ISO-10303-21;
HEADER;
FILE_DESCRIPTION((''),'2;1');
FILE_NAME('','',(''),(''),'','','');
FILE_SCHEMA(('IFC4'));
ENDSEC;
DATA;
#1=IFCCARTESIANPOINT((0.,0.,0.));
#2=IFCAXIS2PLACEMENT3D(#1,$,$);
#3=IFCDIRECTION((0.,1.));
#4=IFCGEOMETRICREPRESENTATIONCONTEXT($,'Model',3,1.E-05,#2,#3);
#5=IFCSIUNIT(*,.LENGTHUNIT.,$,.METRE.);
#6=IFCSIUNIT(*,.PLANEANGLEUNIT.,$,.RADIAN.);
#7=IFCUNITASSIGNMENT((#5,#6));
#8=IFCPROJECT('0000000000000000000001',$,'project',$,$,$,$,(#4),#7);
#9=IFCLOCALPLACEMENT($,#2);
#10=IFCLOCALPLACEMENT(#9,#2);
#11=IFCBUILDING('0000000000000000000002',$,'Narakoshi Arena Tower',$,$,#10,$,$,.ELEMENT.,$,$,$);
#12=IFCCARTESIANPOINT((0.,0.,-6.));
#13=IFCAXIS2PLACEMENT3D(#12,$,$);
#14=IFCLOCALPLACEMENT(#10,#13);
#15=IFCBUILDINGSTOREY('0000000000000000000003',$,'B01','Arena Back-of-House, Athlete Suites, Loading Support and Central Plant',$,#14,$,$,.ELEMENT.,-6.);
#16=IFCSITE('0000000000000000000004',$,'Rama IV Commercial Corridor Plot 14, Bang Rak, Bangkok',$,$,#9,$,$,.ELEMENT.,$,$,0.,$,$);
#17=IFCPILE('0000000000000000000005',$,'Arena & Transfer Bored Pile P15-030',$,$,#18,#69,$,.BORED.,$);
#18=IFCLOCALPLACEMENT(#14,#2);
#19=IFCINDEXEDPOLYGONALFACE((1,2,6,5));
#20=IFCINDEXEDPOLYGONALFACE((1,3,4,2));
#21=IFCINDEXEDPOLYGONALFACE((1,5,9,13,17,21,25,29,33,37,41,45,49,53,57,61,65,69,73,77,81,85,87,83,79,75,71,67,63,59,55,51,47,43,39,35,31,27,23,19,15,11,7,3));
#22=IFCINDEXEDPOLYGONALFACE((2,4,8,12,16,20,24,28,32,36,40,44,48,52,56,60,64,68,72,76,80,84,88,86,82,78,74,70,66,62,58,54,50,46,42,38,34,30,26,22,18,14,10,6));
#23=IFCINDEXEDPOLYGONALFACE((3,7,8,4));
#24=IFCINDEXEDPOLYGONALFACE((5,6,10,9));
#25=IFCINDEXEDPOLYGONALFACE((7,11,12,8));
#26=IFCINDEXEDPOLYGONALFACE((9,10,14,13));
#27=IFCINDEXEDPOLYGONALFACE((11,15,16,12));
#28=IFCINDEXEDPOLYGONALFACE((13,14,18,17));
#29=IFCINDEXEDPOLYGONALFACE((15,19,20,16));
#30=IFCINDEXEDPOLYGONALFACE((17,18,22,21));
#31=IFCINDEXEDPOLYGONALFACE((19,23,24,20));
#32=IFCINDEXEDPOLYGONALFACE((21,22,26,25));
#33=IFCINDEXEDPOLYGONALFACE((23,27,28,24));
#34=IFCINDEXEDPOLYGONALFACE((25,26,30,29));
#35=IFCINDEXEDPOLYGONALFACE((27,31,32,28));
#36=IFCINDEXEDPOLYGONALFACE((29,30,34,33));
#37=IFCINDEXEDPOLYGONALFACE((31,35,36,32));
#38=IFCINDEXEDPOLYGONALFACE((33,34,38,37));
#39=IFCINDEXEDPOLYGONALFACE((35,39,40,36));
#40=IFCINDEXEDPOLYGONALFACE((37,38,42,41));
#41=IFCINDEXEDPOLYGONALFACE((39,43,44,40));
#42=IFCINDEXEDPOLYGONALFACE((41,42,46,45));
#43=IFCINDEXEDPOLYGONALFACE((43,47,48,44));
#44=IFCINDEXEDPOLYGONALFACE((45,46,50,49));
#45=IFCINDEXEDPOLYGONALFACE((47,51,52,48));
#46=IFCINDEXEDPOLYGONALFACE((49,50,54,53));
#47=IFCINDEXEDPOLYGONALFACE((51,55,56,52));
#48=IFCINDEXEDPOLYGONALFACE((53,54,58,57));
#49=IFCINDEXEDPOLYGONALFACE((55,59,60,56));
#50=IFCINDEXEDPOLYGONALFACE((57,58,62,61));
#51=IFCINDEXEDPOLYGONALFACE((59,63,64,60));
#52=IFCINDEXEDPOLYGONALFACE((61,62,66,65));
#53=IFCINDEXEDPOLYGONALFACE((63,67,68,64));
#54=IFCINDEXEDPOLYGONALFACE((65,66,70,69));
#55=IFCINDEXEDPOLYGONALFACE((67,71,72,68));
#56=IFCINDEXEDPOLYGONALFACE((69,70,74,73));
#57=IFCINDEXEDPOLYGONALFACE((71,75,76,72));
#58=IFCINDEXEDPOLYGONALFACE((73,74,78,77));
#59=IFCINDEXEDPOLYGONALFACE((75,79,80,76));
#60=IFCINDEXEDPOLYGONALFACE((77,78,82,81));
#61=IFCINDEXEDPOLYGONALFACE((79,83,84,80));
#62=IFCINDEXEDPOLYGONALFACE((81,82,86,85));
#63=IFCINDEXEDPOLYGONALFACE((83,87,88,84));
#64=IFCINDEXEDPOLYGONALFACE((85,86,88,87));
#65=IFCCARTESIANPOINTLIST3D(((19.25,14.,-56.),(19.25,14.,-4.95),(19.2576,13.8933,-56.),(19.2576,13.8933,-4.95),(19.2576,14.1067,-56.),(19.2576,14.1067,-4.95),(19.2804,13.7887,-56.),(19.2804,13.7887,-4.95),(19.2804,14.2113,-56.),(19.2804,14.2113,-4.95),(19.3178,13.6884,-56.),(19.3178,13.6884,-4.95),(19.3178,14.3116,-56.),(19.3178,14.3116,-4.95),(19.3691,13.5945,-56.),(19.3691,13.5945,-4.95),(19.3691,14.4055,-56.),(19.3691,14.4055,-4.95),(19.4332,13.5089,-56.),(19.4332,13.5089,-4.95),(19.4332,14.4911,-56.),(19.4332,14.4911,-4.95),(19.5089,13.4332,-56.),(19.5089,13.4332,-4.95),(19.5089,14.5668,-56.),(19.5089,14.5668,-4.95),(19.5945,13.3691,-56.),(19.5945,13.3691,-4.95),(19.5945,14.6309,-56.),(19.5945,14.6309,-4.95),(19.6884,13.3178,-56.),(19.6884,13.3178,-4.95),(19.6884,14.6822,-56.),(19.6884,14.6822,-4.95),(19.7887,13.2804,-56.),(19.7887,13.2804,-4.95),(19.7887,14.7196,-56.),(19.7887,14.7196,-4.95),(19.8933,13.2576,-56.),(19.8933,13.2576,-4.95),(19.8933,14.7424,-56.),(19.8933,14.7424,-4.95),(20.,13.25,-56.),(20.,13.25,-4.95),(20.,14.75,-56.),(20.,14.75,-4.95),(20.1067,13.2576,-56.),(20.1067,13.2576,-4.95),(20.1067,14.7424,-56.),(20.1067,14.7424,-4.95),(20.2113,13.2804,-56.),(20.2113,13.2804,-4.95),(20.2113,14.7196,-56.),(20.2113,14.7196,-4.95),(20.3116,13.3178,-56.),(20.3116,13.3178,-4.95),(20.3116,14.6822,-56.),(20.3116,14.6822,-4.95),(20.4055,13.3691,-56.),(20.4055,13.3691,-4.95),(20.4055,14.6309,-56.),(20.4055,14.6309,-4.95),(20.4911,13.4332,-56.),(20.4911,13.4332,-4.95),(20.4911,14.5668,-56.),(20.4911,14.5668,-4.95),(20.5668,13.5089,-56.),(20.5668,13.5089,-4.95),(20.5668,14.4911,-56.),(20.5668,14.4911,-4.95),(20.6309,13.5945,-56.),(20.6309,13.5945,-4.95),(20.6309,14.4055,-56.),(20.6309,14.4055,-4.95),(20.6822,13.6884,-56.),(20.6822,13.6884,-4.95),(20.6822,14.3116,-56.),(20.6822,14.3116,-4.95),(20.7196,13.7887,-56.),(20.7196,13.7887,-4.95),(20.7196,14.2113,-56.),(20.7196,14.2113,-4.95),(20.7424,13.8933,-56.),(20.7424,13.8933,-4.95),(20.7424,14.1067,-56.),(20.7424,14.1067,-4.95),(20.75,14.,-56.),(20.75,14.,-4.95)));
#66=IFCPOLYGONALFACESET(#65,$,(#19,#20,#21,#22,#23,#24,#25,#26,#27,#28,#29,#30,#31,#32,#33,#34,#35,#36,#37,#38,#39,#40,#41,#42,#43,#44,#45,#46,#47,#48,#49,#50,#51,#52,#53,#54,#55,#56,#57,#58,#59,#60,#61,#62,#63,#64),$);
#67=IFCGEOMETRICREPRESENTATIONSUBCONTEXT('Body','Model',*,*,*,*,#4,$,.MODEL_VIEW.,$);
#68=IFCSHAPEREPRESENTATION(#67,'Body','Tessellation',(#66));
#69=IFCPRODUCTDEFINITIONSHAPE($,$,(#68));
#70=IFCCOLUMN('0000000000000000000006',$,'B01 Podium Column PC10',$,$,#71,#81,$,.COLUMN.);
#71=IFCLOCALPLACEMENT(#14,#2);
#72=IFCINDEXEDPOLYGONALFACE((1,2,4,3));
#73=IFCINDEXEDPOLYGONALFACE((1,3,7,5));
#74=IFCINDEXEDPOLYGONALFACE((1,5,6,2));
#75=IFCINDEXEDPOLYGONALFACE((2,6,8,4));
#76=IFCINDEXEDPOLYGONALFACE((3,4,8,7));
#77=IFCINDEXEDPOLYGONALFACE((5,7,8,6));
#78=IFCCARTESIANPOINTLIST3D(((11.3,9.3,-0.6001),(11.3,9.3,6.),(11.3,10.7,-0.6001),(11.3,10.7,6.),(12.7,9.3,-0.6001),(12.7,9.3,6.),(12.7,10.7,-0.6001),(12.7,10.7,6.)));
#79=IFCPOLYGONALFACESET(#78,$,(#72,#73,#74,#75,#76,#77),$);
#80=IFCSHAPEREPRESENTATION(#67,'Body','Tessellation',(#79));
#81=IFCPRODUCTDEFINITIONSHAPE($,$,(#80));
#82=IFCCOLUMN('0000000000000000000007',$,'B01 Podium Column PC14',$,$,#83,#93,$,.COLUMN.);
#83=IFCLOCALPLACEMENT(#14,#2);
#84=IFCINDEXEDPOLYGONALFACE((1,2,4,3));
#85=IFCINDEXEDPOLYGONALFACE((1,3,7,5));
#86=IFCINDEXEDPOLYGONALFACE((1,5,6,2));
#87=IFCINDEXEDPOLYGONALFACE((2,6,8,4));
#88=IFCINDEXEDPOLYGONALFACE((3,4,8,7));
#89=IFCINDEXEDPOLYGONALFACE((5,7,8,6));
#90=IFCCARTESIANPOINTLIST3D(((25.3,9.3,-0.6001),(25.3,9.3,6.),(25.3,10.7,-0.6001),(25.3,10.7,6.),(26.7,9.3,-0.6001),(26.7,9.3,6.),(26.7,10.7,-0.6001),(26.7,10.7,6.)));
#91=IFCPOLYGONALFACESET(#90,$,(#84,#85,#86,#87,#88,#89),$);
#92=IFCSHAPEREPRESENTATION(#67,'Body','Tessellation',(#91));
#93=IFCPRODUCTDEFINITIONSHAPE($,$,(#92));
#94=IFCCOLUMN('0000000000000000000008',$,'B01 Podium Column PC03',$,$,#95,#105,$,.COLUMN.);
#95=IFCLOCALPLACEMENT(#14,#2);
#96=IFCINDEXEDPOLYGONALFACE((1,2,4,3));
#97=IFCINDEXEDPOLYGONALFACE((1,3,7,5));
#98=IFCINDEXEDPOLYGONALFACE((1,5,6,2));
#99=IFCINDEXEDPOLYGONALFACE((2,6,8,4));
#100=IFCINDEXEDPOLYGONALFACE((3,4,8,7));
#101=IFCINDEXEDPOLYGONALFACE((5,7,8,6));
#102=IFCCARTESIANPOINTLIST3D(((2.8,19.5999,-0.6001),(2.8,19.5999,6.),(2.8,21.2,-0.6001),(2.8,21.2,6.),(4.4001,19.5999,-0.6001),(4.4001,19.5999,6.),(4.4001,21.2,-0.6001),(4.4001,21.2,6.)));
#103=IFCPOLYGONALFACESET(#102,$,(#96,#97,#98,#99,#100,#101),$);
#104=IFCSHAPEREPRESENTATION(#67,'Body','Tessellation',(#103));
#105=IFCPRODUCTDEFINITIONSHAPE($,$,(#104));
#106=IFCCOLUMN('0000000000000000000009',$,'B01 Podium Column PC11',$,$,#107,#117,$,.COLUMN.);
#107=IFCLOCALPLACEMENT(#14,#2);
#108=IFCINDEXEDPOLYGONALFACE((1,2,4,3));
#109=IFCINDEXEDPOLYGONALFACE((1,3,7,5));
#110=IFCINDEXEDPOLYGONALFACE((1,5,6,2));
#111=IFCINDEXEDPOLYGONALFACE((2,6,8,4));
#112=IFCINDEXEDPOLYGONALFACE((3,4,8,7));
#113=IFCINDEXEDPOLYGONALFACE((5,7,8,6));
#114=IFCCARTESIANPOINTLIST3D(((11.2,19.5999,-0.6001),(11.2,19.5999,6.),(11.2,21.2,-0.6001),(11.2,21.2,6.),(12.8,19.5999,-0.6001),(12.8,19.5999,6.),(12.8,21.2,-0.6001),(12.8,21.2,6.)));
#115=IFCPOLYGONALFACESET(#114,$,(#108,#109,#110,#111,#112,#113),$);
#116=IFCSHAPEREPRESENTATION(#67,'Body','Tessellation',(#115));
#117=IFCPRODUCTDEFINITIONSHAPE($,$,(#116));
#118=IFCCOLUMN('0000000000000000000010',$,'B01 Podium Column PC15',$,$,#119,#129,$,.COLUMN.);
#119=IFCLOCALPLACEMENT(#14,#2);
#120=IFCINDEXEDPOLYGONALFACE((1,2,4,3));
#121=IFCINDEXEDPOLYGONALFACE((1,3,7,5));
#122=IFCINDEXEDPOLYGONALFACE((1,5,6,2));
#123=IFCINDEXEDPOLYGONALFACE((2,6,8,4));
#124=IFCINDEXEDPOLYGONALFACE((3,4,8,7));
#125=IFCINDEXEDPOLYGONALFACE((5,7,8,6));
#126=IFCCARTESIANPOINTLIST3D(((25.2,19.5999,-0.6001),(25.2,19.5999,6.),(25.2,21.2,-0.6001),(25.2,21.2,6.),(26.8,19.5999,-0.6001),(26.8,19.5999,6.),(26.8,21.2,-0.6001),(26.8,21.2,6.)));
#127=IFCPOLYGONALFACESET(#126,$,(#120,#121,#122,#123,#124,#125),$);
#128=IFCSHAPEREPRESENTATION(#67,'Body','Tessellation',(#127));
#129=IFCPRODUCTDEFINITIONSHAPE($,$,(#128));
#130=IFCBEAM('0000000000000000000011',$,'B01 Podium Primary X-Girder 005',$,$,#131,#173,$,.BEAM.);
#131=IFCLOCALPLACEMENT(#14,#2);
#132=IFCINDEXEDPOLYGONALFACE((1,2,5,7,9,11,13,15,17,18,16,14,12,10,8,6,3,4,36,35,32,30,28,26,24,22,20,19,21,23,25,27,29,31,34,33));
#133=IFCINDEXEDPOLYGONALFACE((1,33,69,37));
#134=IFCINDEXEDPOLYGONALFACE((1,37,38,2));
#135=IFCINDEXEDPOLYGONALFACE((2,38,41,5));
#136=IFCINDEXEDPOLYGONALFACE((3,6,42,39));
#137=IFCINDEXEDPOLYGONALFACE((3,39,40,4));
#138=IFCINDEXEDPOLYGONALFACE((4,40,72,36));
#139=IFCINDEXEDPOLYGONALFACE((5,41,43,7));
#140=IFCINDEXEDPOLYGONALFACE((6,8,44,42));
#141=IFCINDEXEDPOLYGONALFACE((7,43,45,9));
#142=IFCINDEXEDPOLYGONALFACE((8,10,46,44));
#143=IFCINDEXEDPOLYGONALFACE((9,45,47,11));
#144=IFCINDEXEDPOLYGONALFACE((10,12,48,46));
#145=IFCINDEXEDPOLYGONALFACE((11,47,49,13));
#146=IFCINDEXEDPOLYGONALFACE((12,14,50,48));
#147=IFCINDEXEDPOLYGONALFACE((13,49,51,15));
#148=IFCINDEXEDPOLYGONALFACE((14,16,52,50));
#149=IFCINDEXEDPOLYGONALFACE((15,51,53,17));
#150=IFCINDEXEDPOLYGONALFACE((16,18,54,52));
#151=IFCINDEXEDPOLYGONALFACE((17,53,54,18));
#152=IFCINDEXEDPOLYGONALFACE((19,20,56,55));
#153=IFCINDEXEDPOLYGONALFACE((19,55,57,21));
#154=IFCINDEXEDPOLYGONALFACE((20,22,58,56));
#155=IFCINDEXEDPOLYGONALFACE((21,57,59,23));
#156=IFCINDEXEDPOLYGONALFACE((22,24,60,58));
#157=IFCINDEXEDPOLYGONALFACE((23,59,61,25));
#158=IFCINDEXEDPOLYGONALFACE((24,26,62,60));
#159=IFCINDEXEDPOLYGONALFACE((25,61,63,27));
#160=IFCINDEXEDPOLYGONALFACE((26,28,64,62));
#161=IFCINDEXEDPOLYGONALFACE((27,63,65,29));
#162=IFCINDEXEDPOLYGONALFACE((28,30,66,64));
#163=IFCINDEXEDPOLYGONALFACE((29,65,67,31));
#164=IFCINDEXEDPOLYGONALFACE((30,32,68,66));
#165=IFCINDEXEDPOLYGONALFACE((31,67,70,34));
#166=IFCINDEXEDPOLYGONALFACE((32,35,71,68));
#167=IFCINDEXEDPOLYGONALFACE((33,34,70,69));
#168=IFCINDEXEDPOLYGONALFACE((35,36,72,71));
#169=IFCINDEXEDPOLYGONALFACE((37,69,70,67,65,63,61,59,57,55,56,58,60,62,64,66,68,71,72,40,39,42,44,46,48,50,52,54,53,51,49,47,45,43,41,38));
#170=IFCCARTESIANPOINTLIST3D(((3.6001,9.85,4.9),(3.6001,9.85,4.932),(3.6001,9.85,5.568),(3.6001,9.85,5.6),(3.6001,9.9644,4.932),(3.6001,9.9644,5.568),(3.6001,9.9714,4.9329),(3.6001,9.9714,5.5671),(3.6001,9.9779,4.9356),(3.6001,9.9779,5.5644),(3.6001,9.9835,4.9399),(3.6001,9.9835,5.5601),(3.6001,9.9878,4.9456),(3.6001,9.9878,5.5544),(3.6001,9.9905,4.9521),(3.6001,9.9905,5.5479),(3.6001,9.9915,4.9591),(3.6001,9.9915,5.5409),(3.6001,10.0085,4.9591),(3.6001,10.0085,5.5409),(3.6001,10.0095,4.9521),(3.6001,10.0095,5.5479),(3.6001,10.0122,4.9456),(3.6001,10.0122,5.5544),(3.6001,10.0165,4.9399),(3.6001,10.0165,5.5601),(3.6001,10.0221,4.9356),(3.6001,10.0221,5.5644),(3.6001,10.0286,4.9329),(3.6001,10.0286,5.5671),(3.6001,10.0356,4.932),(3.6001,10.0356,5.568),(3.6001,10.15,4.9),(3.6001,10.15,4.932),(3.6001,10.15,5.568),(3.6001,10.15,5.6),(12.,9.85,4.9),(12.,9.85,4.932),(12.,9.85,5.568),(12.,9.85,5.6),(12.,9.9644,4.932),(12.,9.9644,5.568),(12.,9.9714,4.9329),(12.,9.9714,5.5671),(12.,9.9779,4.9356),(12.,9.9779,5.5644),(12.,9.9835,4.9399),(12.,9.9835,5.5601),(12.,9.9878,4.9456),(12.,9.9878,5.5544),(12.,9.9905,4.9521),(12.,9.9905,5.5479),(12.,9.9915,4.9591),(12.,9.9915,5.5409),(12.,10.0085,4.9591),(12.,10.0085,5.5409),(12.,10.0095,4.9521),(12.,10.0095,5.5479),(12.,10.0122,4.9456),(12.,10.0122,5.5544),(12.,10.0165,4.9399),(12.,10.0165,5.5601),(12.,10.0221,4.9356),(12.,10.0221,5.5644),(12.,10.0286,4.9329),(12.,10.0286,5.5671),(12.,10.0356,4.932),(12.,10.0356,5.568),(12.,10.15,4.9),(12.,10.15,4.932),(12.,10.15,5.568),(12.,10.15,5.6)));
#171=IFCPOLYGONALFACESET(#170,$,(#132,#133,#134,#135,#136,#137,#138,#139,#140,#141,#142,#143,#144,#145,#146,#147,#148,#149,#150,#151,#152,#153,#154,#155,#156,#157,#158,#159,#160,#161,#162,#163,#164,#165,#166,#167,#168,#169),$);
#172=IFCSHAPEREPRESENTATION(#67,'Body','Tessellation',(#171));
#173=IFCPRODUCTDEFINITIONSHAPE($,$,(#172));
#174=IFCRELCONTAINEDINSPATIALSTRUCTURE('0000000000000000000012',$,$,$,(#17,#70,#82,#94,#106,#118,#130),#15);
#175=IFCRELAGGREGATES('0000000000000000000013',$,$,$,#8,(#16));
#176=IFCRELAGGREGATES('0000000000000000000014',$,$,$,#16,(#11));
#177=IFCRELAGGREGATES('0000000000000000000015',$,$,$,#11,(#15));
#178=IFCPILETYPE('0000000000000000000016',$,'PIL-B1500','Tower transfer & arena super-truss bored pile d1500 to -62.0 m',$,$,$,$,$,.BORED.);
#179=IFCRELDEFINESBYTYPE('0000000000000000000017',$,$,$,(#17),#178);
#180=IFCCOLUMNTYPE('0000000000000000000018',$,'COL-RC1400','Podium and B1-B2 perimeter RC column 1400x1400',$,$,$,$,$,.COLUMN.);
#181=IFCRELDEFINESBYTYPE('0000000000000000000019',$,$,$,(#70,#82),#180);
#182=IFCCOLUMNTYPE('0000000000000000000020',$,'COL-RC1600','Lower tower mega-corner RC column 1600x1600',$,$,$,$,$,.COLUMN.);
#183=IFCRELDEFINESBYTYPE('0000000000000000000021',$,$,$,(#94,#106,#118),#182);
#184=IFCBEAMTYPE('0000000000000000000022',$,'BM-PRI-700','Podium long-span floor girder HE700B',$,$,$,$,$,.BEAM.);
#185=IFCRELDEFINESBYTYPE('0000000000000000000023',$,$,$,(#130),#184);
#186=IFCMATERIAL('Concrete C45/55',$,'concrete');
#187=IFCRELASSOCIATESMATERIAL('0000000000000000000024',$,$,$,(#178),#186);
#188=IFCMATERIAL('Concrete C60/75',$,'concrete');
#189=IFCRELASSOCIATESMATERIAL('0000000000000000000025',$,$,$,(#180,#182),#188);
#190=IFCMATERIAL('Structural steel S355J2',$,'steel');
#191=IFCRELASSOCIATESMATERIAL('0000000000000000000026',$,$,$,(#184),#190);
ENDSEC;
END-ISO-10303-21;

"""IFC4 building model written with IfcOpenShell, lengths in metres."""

from ifc_helpers import new_model, si_unit, direction, frame, origin, origin_2d, place, context, subcontext, project, spatial, rectangle, circle, i_section, extrude, material, material_profile, profile_set, type_object, element, save


model = new_model("IFC4")

# Units and contexts
model_context = context("Model", 3, precision=1e-05, world=origin(), true_north=direction((0.0, 1.0)))
body_context = subcontext(model_context, "Body", "Model", "MODEL_VIEW")
ifc_project = project(units=[si_unit("LENGTHUNIT", "METRE"), si_unit("PLANEANGLEUNIT", "RADIAN")], contexts=[model_context])

# Site, building, storey
site_placement = place(None, origin())
site = spatial("IfcSite", under=ifc_project, at=site_placement, Name="Rama IV Commercial Corridor Plot 14, Bang Rak, Bangkok", CompositionType="ELEMENT", RefElevation=0.0)
building_placement = place(site_placement, origin())
building = spatial("IfcBuilding", under=site, at=building_placement, Name="Narakoshi Arena Tower", CompositionType="ELEMENT")
storey_placement = place(building_placement, frame((0.0, 0.0, -6.0)))
storey = spatial("IfcBuildingStorey", under=building, at=storey_placement, Name="B01", Description="Arena Back-of-House, Athlete Suites, Loading Support and Central Plant", CompositionType="ELEMENT", Elevation=-6.0)

# Shared definitions
ifc_material_1 = material(Name="Concrete C45/55", Category="concrete")

# Pile
ifc_material_profile_1 = material_profile(ifc_material_1, circle(Radius=0.75, at=origin_2d()), Name="PILE-D1500")
ifc_profile_set_1 = profile_set([ifc_material_profile_1], Name="Concrete C45/55")
pile_type_1 = type_object("IfcPileType", Name="PIL-B1500", Description="Tower transfer & arena super-truss bored pile d1500 to -62.0 m", PredefinedType="BORED", material=ifc_profile_set_1)
for number, where, z_axis, x_axis, name in (
    (1, (20.0, 14.0, -4.95), (0.0, 0.0, -1.0), (1.0, 0.0, 0.0), "Arena & Transfer Bored Pile P15-030"),
):
    element("IfcPile", number, at=place(storey_placement, frame(where, z_axis=z_axis, x_axis=x_axis)), inside=storey, type_object=pile_type_1, Name=name, PredefinedType="BORED", context=body_context, shape_type="SweptSolid", body=[
        extrude(circle(Radius=0.75, at=origin_2d()), origin(), (0.0, 0.0, 1.0), 51.05),
    ])

# Columns
ifc_material_2 = material(Name="Concrete C60/75", Category="concrete")
ifc_material_profile_2 = material_profile(ifc_material_2, rectangle(XDim=1.3999, YDim=1.3999, at=origin_2d()), Name="RC1400x1400")
ifc_profile_set_2 = profile_set([ifc_material_profile_2], Name="Concrete C60/75")
column_type_1 = type_object("IfcColumnType", Name="COL-RC1400", Description="Podium and B1-B2 perimeter RC column 1400x1400", PredefinedType="COLUMN", material=ifc_profile_set_2)
for number, where, z_axis, x_axis, name in (
    (2, (12.0, 10.0, -0.6001), (0.0, 0.0, 1.0), (1.0, 0.0, 0.0), "B01 Podium Column PC10"),
    (3, (26.0, 10.0, -0.6001), (0.0, 0.0, 1.0), (1.0, 0.0, 0.0), "B01 Podium Column PC14"),
):
    element("IfcColumn", number, at=place(storey_placement, frame(where, z_axis=z_axis, x_axis=x_axis)), inside=storey, type_object=column_type_1, Name=name, PredefinedType="COLUMN", context=body_context, shape_type="SweptSolid", body=[
        extrude(rectangle(XDim=1.3999, YDim=1.3999, at=origin_2d()), origin(), (0.0, 0.0, 1.0), 6.6001),
    ])
ifc_material_profile_3 = material_profile(ifc_material_2, rectangle(XDim=1.6001, YDim=1.6001, at=origin_2d()), Name="RC1600x1600")
ifc_profile_set_3 = profile_set([ifc_material_profile_3], Name="Concrete C60/75")
column_type_2 = type_object("IfcColumnType", Name="COL-RC1600", Description="Lower tower mega-corner RC column 1600x1600", PredefinedType="COLUMN", material=ifc_profile_set_3)
for number, where, z_axis, x_axis, name in (
    (4, (3.6001, 20.3999, -0.6001), (0.0, 0.0, 1.0), (1.0, 0.0, 0.0), "B01 Podium Column PC03"),
    (5, (12.0, 20.3999, -0.6001), (0.0, 0.0, 1.0), (1.0, 0.0, 0.0), "B01 Podium Column PC11"),
    (6, (26.0, 20.3999, -0.6001), (0.0, 0.0, 1.0), (1.0, 0.0, 0.0), "B01 Podium Column PC15"),
):
    element("IfcColumn", number, at=place(storey_placement, frame(where, z_axis=z_axis, x_axis=x_axis)), inside=storey, type_object=column_type_2, Name=name, PredefinedType="COLUMN", context=body_context, shape_type="SweptSolid", body=[
        extrude(rectangle(XDim=1.6001, YDim=1.6001, at=origin_2d()), origin(), (0.0, 0.0, 1.0), 6.6001),
    ])

# Beam
ifc_material_3 = material(Name="Structural steel S355J2", Category="steel")
ifc_material_profile_4 = material_profile(ifc_material_3, i_section(OverallWidth=0.3, OverallDepth=0.7, WebThickness=0.0171, FlangeThickness=0.032, FilletRadius=0.0271, at=origin_2d()), Name="HE700B")
ifc_profile_set_4 = profile_set([ifc_material_profile_4], Name="Structural steel S355J2")
beam_type_1 = type_object("IfcBeamType", Name="BM-PRI-700", Description="Podium long-span floor girder HE700B", PredefinedType="BEAM", material=ifc_profile_set_4)
beam_1_placement = place(storey_placement, frame((3.6001, 10.0, 5.25), z_axis=(1.0, 0.0, 0.0), x_axis=(0.0, 1.0, 0.0)))
element("IfcBeam", 7, at=beam_1_placement, inside=storey, type_object=beam_type_1, Name="B01 Podium Primary X-Girder 005", PredefinedType="BEAM", context=body_context, shape_type="SweptSolid", body=[
    extrude(i_section(OverallWidth=0.3, OverallDepth=0.7, WebThickness=0.0171, FlangeThickness=0.032, FilletRadius=0.0271, at=origin_2d()), origin(), (0.0, 0.0, 1.0), 8.3999),
])

save(model, "model.ifc")
